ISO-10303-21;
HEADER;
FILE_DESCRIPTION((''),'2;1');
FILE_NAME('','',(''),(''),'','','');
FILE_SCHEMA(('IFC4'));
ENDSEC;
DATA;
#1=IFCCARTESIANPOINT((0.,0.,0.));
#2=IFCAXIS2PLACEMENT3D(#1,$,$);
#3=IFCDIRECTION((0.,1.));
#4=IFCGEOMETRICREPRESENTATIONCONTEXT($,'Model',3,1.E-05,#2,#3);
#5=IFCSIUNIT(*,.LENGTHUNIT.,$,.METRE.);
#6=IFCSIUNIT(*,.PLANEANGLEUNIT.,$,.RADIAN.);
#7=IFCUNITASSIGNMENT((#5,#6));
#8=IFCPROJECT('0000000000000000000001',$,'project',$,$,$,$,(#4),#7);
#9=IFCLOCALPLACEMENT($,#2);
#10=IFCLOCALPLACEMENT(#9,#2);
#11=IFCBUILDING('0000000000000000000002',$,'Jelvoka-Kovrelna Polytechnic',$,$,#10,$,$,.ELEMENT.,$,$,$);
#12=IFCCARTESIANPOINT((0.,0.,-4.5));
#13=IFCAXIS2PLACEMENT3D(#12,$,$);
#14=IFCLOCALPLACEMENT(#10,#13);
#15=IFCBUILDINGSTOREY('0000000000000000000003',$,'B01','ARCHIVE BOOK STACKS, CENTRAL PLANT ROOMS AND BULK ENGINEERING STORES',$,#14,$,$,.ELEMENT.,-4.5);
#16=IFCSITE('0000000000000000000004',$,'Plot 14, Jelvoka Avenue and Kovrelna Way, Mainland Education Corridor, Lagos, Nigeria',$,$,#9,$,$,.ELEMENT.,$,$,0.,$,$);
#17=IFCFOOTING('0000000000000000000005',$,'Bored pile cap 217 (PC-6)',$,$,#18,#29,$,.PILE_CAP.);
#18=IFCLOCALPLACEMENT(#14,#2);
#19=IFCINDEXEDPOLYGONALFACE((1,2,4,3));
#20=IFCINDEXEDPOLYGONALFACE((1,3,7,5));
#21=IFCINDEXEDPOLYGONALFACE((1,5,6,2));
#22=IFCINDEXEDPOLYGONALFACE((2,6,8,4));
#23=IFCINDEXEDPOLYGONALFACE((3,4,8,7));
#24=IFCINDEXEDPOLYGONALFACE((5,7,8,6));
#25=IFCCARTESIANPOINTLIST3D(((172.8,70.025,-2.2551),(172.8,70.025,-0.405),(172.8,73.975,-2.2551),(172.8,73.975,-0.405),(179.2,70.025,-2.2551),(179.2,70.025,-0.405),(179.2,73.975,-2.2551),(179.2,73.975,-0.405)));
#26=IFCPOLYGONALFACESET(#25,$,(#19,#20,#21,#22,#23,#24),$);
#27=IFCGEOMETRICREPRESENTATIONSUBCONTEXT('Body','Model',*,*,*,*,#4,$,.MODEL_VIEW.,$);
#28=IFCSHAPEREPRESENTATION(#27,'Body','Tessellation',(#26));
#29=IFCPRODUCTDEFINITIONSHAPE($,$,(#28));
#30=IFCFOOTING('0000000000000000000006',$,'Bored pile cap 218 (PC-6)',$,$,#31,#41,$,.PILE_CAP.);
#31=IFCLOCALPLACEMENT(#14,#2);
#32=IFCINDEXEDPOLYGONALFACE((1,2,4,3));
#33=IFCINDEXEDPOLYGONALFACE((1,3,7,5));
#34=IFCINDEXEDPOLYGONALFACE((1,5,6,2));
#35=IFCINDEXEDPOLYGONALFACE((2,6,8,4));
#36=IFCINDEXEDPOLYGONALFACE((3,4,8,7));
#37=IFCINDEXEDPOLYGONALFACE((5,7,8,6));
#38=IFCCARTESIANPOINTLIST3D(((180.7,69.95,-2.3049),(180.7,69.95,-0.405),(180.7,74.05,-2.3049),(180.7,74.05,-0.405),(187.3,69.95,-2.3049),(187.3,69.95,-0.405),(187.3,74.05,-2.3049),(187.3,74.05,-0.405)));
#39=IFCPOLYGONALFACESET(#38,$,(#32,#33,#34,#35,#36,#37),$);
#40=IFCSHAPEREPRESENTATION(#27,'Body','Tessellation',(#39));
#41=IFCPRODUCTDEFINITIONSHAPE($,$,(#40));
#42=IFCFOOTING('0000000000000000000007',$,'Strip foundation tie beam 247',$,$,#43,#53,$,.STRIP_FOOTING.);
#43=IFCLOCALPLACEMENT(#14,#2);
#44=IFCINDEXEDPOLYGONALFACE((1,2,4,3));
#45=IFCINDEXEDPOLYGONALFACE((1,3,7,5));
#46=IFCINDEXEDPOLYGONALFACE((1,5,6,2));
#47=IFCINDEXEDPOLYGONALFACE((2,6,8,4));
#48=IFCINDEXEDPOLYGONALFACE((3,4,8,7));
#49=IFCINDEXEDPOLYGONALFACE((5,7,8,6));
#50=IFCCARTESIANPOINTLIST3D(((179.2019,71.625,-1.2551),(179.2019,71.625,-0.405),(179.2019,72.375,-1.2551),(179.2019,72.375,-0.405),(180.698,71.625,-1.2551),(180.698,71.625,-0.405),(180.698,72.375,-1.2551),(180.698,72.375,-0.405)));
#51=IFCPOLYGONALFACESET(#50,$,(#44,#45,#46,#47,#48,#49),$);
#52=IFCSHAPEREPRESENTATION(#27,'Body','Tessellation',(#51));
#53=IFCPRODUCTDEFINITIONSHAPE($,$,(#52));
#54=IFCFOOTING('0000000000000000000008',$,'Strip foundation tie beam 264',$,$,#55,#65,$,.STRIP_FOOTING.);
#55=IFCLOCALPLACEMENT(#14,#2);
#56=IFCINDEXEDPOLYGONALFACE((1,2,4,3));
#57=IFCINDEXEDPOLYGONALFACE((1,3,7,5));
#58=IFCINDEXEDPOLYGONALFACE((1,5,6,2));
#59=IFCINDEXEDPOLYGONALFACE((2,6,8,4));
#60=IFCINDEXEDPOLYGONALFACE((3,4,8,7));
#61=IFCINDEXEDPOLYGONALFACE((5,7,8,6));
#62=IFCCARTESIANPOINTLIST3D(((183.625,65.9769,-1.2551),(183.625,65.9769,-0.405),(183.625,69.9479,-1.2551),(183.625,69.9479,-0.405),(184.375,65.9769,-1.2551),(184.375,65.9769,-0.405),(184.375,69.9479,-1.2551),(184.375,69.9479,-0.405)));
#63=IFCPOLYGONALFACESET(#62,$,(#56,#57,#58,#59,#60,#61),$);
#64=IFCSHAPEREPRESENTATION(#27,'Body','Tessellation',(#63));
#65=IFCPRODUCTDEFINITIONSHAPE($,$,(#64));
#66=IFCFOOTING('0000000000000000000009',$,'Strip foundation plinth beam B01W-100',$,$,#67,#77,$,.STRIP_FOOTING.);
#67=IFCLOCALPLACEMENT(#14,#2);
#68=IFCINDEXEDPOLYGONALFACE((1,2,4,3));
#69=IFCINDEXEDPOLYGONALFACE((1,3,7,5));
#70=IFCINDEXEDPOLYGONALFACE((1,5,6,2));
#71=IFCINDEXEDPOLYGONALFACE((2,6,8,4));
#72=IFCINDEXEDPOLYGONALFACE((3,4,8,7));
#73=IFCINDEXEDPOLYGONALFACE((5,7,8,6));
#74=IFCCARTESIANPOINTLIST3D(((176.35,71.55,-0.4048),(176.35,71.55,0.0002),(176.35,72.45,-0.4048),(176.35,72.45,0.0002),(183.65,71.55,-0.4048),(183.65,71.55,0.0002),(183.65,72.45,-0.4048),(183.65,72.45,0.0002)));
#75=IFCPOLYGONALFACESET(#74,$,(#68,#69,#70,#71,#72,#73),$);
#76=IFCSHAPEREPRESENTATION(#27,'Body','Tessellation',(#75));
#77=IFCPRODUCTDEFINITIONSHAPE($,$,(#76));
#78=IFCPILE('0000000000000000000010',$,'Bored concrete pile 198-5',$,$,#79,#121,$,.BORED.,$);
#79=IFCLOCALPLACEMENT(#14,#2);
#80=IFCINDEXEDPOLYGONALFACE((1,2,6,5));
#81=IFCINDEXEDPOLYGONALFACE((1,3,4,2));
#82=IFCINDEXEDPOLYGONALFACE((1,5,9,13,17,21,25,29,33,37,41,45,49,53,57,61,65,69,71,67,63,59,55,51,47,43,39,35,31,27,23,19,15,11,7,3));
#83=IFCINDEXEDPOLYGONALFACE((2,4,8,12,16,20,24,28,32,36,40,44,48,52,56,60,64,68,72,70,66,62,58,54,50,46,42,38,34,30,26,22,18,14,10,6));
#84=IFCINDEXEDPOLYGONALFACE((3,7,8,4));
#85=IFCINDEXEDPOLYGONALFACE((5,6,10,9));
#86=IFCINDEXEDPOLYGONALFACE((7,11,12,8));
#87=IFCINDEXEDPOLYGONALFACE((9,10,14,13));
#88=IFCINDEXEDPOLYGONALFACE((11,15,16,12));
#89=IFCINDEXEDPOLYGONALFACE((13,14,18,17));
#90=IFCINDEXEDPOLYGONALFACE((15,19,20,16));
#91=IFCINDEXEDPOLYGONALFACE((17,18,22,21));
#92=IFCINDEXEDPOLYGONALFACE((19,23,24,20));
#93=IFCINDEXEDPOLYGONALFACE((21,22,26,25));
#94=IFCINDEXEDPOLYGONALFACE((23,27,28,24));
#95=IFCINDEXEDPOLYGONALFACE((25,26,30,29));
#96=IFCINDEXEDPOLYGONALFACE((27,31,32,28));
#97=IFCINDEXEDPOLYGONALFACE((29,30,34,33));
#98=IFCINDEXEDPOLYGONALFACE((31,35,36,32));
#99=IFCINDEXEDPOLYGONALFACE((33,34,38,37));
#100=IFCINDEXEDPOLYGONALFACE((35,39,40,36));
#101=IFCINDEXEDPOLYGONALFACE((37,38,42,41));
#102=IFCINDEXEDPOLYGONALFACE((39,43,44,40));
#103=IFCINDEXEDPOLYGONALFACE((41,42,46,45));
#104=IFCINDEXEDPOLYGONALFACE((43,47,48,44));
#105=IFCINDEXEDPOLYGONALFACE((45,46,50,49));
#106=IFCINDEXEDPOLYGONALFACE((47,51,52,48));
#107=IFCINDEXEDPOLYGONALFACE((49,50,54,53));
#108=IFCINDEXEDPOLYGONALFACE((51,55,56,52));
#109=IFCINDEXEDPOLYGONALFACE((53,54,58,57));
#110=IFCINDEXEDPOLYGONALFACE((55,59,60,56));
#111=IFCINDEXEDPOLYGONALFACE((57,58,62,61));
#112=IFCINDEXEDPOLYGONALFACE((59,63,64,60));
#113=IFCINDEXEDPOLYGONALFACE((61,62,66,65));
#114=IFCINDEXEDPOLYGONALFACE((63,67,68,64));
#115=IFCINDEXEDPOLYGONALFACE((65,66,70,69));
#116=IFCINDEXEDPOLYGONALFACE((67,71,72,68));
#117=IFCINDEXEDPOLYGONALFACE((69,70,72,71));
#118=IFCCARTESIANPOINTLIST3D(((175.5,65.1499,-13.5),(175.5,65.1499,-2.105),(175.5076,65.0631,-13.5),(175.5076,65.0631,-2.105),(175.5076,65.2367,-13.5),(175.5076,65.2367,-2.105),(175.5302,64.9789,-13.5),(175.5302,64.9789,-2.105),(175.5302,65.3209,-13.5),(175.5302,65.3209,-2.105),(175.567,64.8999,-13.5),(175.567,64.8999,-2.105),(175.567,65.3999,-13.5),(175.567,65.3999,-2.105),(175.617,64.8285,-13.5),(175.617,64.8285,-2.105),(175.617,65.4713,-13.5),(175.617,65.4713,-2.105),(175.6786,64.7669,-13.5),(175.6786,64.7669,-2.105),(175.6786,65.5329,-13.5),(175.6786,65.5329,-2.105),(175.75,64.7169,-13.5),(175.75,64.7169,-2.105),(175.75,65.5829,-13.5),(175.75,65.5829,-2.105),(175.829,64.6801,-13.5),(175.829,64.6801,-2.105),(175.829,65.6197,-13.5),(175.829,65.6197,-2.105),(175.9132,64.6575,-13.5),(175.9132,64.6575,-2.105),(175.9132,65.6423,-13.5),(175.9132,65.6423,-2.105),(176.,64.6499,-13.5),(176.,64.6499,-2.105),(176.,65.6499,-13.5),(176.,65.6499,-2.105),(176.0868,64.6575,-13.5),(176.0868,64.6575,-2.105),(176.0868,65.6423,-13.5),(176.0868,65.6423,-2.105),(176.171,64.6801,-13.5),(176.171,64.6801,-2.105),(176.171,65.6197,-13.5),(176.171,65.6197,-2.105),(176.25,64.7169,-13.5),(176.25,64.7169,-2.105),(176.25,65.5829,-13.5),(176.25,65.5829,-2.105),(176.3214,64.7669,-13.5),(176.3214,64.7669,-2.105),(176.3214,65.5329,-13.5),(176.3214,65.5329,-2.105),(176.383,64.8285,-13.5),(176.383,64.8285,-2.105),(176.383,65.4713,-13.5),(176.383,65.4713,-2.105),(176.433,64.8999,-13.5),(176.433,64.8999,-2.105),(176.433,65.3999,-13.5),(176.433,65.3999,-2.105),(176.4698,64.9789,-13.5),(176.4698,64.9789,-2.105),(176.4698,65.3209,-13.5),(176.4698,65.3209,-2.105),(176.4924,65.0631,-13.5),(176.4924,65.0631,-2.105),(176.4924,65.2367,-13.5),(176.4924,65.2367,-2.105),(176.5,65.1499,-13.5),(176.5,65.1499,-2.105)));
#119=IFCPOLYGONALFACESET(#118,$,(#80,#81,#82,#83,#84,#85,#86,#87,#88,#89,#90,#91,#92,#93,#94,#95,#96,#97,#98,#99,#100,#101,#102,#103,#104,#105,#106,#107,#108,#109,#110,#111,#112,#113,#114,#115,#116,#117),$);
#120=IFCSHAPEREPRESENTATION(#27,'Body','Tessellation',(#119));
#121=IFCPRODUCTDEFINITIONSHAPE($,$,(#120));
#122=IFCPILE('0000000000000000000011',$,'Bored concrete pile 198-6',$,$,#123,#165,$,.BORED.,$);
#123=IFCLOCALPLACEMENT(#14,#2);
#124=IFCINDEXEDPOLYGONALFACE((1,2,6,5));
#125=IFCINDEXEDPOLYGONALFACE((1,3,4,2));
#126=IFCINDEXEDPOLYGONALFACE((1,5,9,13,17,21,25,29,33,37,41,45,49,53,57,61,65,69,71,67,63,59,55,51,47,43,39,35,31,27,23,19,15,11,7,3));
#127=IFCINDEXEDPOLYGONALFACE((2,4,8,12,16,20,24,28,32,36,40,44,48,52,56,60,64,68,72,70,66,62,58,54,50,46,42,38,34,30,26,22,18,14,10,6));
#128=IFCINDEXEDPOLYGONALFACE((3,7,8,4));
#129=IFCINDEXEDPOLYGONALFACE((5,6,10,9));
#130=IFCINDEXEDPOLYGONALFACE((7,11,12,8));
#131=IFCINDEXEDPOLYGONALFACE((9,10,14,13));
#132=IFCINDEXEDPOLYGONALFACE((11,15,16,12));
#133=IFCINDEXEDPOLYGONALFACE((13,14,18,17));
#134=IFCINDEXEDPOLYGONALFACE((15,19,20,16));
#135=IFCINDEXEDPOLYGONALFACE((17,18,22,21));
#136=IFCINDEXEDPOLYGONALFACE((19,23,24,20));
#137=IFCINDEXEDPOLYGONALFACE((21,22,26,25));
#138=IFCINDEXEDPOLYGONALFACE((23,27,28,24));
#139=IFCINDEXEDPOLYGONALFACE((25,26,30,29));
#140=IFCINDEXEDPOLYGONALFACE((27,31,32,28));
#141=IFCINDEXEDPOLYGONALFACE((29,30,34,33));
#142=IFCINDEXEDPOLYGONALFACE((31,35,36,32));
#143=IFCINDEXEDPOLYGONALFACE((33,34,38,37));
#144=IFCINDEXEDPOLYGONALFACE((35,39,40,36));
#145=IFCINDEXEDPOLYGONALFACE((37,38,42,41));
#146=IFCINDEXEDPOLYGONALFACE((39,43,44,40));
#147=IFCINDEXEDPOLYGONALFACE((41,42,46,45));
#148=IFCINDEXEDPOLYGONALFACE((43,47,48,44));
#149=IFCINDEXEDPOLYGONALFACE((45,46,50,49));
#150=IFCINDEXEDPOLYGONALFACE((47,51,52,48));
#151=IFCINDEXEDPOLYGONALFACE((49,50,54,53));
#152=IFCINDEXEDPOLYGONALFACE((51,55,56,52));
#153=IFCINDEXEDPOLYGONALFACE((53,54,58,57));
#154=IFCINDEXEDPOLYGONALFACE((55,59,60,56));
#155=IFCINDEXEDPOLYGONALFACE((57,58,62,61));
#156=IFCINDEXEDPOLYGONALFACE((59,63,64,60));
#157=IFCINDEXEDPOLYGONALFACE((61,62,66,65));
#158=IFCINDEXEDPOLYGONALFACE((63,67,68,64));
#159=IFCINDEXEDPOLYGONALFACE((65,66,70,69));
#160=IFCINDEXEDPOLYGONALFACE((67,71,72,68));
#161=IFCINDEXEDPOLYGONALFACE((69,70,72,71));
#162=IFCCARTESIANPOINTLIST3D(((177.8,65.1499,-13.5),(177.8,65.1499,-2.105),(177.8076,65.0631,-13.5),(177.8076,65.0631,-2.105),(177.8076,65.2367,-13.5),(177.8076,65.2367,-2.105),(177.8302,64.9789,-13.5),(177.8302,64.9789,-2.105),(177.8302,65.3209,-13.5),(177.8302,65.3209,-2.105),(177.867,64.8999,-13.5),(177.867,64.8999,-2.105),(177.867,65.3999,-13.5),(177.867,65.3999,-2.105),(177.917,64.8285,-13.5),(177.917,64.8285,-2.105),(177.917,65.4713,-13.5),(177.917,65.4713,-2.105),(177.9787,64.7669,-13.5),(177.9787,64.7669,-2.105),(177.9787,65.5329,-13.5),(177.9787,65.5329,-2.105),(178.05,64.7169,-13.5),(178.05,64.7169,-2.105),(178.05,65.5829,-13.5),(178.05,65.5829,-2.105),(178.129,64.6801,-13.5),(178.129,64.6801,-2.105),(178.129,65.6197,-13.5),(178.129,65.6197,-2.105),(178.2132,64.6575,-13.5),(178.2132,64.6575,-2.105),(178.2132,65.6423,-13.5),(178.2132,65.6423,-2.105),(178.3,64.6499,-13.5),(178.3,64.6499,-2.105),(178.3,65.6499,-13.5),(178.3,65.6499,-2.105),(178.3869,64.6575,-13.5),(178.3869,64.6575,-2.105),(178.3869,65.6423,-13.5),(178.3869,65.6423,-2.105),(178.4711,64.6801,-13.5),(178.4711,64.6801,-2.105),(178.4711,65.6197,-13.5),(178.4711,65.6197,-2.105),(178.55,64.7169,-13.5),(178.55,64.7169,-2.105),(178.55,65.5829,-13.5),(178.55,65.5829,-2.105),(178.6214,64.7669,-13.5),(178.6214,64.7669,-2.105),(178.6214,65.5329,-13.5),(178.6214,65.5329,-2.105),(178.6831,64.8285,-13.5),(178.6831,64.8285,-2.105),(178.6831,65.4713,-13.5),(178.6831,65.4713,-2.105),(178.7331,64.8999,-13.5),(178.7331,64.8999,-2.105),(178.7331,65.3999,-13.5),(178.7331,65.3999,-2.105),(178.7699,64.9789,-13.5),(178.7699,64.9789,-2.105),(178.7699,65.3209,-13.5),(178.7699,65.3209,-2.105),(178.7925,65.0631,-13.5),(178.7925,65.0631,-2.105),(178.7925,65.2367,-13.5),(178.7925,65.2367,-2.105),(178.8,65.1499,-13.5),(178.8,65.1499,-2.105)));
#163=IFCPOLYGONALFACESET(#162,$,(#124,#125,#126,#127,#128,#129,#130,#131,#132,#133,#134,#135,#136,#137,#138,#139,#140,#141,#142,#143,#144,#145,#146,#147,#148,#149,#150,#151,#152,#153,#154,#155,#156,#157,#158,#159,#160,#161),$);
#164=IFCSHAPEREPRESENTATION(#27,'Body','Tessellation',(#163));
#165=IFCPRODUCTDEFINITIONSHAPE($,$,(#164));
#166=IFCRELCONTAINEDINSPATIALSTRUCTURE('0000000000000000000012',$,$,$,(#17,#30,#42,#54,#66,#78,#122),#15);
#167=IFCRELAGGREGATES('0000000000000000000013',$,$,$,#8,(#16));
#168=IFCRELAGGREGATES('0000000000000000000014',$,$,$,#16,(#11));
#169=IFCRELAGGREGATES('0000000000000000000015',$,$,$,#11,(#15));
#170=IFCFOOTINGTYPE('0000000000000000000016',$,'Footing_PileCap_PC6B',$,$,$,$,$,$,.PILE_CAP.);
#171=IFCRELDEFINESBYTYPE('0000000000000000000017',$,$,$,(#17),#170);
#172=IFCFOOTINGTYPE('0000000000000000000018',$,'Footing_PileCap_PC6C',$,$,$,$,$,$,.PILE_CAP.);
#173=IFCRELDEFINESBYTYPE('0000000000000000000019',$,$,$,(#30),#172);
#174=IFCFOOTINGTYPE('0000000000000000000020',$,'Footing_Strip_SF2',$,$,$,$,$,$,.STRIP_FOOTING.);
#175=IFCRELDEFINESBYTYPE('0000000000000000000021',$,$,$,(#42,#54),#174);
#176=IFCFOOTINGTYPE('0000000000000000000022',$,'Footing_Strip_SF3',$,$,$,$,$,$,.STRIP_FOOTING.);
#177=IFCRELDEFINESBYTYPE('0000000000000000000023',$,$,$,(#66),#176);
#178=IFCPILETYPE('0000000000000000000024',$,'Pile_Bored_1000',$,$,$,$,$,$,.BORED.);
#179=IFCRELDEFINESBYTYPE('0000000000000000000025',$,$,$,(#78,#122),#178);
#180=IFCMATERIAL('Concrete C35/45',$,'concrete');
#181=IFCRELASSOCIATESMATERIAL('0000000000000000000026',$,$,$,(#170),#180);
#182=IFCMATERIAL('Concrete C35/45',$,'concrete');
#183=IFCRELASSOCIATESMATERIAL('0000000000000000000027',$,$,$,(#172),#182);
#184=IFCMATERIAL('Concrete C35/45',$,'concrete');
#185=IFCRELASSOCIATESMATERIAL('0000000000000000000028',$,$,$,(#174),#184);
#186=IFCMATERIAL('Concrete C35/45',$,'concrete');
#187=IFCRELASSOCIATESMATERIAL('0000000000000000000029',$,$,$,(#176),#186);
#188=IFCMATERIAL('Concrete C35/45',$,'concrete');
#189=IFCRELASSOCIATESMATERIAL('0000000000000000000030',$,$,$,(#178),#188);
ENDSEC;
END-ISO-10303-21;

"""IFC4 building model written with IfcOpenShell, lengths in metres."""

from ifc_helpers import new_model, si_unit, direction, frame, origin, origin_2d, place, context, subcontext, project, spatial, rectangle, circle, extrude, material, material_profile, profile_set, type_object, element, save


model = new_model("IFC4")

# Units and contexts
model_context = context("Model", 3, precision=1e-05, world=origin(), true_north=direction((0.0, 1.0)))
body_context = subcontext(model_context, "Body", "Model", "MODEL_VIEW")
ifc_project = project(units=[si_unit("LENGTHUNIT", "METRE"), si_unit("PLANEANGLEUNIT", "RADIAN")], contexts=[model_context])

# Site, building, storey
site_placement = place(None, origin())
site = spatial("IfcSite", under=ifc_project, at=site_placement, Name="Plot 14, Jelvoka Avenue and Kovrelna Way, Mainland Education Corridor, Lagos, Nigeria", CompositionType="ELEMENT", RefElevation=0.0)
building_placement = place(site_placement, origin())
building = spatial("IfcBuilding", under=site, at=building_placement, Name="Jelvoka-Kovrelna Polytechnic", CompositionType="ELEMENT")
storey_placement = place(building_placement, frame((0.0, 0.0, -4.5)))
storey = spatial("IfcBuildingStorey", under=building, at=storey_placement, Name="B01", Description="ARCHIVE BOOK STACKS, CENTRAL PLANT ROOMS AND BULK ENGINEERING STORES", CompositionType="ELEMENT", Elevation=-4.5)

# Footings
ifc_material_1 = material(Name="Concrete C35/45", Category="concrete")
footing_type_1 = type_object("IfcFootingType", Name="Footing_PileCap_PC6B", PredefinedType="PILE_CAP", material=ifc_material_1)
footing_1_placement = place(storey_placement, frame((176.0, 72.0, -2.2551), z_axis=(0.0, 0.0, 1.0), x_axis=(1.0, 0.0, 0.0)))
element("IfcFooting", 1, at=footing_1_placement, inside=storey, type_object=footing_type_1, Name="Bored pile cap 217 (PC-6)", PredefinedType="PILE_CAP", context=body_context, shape_type="SweptSolid", body=[
    extrude(rectangle(XDim=6.3999, YDim=3.95, at=origin_2d()), origin(), (0.0, 0.0, 1.0), 1.8501),
])
ifc_material_2 = material(Name="Concrete C35/45", Category="concrete")
footing_type_2 = type_object("IfcFootingType", Name="Footing_PileCap_PC6C", PredefinedType="PILE_CAP", material=ifc_material_2)
footing_2_placement = place(storey_placement, frame((184.0, 72.0, -2.3049), z_axis=(0.0, 0.0, 1.0), x_axis=(1.0, 0.0, 0.0)))
element("IfcFooting", 2, at=footing_2_placement, inside=storey, type_object=footing_type_2, Name="Bored pile cap 218 (PC-6)", PredefinedType="PILE_CAP", context=body_context, shape_type="SweptSolid", body=[
    extrude(rectangle(XDim=6.6001, YDim=4.1001, at=origin_2d()), origin(), (0.0, 0.0, 1.0), 1.8999),
])
ifc_material_3 = material(Name="Concrete C35/45", Category="concrete")
footing_type_3 = type_object("IfcFootingType", Name="Footing_Strip_SF2", PredefinedType="STRIP_FOOTING", material=ifc_material_3)
footing_3_placement = place(storey_placement, frame((179.95, 72.0, -1.2551), z_axis=(0.0, 0.0, 1.0), x_axis=(1.0, 0.0, 0.0)))
element("IfcFooting", 3, at=footing_3_placement, inside=storey, type_object=footing_type_3, Name="Strip foundation tie beam 247", PredefinedType="STRIP_FOOTING", context=body_context, shape_type="SweptSolid", body=[
    extrude(rectangle(XDim=1.4961, YDim=0.75, at=origin_2d()), origin(), (0.0, 0.0, 1.0), 0.8501),
])
footing_4_placement = place(storey_placement, frame((184.0, 67.9624, -1.2551), z_axis=(0.0, 0.0, 1.0), x_axis=(0.0, 1.0, 0.0)))
element("IfcFooting", 4, at=footing_4_placement, inside=storey, type_object=footing_type_3, Name="Strip foundation tie beam 264", PredefinedType="STRIP_FOOTING", context=body_context, shape_type="SweptSolid", body=[
    extrude(rectangle(XDim=3.9709, YDim=0.75, at=origin_2d()), origin(), (0.0, 0.0, 1.0), 0.8501),
])
ifc_material_4 = material(Name="Concrete C35/45", Category="concrete")
footing_type_4 = type_object("IfcFootingType", Name="Footing_Strip_SF3", PredefinedType="STRIP_FOOTING", material=ifc_material_4)
footing_5_placement = place(storey_placement, frame((180.0, 72.0, -0.4048), z_axis=(0.0, 0.0, 1.0), x_axis=(1.0, 0.0, 0.0)))
element("IfcFooting", 5, at=footing_5_placement, inside=storey, type_object=footing_type_4, Name="Strip foundation plinth beam B01W-100", PredefinedType="STRIP_FOOTING", context=body_context, shape_type="SweptSolid", body=[
    extrude(rectangle(XDim=7.3, YDim=0.8999, at=origin_2d()), origin(), (0.0, 0.0, 1.0), 0.405),
])

# Piles
ifc_material_5 = material(Name="Concrete C35/45", Category="concrete")
ifc_material_profile_1 = material_profile(ifc_material_5, circle(Radius=0.5, at=origin_2d()), Name="PILE D1000")
ifc_profile_set_1 = profile_set([ifc_material_profile_1], Name="Concrete C35/45")
pile_type = type_object("IfcPileType", Name="Pile_Bored_1000", PredefinedType="BORED", material=ifc_profile_set_1)
for number, where, z_axis, x_axis, name in (
    (6, (176.0, 65.1499, -2.105), (0.0, 0.0, -1.0), (1.0, 0.0, 0.0), "Bored concrete pile 198-5"),
    (7, (178.3, 65.1499, -2.105), (0.0, 0.0, -1.0), (1.0, 0.0, 0.0), "Bored concrete pile 198-6"),
):
    element("IfcPile", number, at=place(storey_placement, frame(where, z_axis=z_axis, x_axis=x_axis)), inside=storey, type_object=pile_type, Name=name, PredefinedType="BORED", context=body_context, shape_type="SweptSolid", body=[
        extrude(circle(Radius=0.5, at=origin_2d()), origin(), (0.0, 0.0, 1.0), 11.395),
    ])

save(model, "model.ifc")
